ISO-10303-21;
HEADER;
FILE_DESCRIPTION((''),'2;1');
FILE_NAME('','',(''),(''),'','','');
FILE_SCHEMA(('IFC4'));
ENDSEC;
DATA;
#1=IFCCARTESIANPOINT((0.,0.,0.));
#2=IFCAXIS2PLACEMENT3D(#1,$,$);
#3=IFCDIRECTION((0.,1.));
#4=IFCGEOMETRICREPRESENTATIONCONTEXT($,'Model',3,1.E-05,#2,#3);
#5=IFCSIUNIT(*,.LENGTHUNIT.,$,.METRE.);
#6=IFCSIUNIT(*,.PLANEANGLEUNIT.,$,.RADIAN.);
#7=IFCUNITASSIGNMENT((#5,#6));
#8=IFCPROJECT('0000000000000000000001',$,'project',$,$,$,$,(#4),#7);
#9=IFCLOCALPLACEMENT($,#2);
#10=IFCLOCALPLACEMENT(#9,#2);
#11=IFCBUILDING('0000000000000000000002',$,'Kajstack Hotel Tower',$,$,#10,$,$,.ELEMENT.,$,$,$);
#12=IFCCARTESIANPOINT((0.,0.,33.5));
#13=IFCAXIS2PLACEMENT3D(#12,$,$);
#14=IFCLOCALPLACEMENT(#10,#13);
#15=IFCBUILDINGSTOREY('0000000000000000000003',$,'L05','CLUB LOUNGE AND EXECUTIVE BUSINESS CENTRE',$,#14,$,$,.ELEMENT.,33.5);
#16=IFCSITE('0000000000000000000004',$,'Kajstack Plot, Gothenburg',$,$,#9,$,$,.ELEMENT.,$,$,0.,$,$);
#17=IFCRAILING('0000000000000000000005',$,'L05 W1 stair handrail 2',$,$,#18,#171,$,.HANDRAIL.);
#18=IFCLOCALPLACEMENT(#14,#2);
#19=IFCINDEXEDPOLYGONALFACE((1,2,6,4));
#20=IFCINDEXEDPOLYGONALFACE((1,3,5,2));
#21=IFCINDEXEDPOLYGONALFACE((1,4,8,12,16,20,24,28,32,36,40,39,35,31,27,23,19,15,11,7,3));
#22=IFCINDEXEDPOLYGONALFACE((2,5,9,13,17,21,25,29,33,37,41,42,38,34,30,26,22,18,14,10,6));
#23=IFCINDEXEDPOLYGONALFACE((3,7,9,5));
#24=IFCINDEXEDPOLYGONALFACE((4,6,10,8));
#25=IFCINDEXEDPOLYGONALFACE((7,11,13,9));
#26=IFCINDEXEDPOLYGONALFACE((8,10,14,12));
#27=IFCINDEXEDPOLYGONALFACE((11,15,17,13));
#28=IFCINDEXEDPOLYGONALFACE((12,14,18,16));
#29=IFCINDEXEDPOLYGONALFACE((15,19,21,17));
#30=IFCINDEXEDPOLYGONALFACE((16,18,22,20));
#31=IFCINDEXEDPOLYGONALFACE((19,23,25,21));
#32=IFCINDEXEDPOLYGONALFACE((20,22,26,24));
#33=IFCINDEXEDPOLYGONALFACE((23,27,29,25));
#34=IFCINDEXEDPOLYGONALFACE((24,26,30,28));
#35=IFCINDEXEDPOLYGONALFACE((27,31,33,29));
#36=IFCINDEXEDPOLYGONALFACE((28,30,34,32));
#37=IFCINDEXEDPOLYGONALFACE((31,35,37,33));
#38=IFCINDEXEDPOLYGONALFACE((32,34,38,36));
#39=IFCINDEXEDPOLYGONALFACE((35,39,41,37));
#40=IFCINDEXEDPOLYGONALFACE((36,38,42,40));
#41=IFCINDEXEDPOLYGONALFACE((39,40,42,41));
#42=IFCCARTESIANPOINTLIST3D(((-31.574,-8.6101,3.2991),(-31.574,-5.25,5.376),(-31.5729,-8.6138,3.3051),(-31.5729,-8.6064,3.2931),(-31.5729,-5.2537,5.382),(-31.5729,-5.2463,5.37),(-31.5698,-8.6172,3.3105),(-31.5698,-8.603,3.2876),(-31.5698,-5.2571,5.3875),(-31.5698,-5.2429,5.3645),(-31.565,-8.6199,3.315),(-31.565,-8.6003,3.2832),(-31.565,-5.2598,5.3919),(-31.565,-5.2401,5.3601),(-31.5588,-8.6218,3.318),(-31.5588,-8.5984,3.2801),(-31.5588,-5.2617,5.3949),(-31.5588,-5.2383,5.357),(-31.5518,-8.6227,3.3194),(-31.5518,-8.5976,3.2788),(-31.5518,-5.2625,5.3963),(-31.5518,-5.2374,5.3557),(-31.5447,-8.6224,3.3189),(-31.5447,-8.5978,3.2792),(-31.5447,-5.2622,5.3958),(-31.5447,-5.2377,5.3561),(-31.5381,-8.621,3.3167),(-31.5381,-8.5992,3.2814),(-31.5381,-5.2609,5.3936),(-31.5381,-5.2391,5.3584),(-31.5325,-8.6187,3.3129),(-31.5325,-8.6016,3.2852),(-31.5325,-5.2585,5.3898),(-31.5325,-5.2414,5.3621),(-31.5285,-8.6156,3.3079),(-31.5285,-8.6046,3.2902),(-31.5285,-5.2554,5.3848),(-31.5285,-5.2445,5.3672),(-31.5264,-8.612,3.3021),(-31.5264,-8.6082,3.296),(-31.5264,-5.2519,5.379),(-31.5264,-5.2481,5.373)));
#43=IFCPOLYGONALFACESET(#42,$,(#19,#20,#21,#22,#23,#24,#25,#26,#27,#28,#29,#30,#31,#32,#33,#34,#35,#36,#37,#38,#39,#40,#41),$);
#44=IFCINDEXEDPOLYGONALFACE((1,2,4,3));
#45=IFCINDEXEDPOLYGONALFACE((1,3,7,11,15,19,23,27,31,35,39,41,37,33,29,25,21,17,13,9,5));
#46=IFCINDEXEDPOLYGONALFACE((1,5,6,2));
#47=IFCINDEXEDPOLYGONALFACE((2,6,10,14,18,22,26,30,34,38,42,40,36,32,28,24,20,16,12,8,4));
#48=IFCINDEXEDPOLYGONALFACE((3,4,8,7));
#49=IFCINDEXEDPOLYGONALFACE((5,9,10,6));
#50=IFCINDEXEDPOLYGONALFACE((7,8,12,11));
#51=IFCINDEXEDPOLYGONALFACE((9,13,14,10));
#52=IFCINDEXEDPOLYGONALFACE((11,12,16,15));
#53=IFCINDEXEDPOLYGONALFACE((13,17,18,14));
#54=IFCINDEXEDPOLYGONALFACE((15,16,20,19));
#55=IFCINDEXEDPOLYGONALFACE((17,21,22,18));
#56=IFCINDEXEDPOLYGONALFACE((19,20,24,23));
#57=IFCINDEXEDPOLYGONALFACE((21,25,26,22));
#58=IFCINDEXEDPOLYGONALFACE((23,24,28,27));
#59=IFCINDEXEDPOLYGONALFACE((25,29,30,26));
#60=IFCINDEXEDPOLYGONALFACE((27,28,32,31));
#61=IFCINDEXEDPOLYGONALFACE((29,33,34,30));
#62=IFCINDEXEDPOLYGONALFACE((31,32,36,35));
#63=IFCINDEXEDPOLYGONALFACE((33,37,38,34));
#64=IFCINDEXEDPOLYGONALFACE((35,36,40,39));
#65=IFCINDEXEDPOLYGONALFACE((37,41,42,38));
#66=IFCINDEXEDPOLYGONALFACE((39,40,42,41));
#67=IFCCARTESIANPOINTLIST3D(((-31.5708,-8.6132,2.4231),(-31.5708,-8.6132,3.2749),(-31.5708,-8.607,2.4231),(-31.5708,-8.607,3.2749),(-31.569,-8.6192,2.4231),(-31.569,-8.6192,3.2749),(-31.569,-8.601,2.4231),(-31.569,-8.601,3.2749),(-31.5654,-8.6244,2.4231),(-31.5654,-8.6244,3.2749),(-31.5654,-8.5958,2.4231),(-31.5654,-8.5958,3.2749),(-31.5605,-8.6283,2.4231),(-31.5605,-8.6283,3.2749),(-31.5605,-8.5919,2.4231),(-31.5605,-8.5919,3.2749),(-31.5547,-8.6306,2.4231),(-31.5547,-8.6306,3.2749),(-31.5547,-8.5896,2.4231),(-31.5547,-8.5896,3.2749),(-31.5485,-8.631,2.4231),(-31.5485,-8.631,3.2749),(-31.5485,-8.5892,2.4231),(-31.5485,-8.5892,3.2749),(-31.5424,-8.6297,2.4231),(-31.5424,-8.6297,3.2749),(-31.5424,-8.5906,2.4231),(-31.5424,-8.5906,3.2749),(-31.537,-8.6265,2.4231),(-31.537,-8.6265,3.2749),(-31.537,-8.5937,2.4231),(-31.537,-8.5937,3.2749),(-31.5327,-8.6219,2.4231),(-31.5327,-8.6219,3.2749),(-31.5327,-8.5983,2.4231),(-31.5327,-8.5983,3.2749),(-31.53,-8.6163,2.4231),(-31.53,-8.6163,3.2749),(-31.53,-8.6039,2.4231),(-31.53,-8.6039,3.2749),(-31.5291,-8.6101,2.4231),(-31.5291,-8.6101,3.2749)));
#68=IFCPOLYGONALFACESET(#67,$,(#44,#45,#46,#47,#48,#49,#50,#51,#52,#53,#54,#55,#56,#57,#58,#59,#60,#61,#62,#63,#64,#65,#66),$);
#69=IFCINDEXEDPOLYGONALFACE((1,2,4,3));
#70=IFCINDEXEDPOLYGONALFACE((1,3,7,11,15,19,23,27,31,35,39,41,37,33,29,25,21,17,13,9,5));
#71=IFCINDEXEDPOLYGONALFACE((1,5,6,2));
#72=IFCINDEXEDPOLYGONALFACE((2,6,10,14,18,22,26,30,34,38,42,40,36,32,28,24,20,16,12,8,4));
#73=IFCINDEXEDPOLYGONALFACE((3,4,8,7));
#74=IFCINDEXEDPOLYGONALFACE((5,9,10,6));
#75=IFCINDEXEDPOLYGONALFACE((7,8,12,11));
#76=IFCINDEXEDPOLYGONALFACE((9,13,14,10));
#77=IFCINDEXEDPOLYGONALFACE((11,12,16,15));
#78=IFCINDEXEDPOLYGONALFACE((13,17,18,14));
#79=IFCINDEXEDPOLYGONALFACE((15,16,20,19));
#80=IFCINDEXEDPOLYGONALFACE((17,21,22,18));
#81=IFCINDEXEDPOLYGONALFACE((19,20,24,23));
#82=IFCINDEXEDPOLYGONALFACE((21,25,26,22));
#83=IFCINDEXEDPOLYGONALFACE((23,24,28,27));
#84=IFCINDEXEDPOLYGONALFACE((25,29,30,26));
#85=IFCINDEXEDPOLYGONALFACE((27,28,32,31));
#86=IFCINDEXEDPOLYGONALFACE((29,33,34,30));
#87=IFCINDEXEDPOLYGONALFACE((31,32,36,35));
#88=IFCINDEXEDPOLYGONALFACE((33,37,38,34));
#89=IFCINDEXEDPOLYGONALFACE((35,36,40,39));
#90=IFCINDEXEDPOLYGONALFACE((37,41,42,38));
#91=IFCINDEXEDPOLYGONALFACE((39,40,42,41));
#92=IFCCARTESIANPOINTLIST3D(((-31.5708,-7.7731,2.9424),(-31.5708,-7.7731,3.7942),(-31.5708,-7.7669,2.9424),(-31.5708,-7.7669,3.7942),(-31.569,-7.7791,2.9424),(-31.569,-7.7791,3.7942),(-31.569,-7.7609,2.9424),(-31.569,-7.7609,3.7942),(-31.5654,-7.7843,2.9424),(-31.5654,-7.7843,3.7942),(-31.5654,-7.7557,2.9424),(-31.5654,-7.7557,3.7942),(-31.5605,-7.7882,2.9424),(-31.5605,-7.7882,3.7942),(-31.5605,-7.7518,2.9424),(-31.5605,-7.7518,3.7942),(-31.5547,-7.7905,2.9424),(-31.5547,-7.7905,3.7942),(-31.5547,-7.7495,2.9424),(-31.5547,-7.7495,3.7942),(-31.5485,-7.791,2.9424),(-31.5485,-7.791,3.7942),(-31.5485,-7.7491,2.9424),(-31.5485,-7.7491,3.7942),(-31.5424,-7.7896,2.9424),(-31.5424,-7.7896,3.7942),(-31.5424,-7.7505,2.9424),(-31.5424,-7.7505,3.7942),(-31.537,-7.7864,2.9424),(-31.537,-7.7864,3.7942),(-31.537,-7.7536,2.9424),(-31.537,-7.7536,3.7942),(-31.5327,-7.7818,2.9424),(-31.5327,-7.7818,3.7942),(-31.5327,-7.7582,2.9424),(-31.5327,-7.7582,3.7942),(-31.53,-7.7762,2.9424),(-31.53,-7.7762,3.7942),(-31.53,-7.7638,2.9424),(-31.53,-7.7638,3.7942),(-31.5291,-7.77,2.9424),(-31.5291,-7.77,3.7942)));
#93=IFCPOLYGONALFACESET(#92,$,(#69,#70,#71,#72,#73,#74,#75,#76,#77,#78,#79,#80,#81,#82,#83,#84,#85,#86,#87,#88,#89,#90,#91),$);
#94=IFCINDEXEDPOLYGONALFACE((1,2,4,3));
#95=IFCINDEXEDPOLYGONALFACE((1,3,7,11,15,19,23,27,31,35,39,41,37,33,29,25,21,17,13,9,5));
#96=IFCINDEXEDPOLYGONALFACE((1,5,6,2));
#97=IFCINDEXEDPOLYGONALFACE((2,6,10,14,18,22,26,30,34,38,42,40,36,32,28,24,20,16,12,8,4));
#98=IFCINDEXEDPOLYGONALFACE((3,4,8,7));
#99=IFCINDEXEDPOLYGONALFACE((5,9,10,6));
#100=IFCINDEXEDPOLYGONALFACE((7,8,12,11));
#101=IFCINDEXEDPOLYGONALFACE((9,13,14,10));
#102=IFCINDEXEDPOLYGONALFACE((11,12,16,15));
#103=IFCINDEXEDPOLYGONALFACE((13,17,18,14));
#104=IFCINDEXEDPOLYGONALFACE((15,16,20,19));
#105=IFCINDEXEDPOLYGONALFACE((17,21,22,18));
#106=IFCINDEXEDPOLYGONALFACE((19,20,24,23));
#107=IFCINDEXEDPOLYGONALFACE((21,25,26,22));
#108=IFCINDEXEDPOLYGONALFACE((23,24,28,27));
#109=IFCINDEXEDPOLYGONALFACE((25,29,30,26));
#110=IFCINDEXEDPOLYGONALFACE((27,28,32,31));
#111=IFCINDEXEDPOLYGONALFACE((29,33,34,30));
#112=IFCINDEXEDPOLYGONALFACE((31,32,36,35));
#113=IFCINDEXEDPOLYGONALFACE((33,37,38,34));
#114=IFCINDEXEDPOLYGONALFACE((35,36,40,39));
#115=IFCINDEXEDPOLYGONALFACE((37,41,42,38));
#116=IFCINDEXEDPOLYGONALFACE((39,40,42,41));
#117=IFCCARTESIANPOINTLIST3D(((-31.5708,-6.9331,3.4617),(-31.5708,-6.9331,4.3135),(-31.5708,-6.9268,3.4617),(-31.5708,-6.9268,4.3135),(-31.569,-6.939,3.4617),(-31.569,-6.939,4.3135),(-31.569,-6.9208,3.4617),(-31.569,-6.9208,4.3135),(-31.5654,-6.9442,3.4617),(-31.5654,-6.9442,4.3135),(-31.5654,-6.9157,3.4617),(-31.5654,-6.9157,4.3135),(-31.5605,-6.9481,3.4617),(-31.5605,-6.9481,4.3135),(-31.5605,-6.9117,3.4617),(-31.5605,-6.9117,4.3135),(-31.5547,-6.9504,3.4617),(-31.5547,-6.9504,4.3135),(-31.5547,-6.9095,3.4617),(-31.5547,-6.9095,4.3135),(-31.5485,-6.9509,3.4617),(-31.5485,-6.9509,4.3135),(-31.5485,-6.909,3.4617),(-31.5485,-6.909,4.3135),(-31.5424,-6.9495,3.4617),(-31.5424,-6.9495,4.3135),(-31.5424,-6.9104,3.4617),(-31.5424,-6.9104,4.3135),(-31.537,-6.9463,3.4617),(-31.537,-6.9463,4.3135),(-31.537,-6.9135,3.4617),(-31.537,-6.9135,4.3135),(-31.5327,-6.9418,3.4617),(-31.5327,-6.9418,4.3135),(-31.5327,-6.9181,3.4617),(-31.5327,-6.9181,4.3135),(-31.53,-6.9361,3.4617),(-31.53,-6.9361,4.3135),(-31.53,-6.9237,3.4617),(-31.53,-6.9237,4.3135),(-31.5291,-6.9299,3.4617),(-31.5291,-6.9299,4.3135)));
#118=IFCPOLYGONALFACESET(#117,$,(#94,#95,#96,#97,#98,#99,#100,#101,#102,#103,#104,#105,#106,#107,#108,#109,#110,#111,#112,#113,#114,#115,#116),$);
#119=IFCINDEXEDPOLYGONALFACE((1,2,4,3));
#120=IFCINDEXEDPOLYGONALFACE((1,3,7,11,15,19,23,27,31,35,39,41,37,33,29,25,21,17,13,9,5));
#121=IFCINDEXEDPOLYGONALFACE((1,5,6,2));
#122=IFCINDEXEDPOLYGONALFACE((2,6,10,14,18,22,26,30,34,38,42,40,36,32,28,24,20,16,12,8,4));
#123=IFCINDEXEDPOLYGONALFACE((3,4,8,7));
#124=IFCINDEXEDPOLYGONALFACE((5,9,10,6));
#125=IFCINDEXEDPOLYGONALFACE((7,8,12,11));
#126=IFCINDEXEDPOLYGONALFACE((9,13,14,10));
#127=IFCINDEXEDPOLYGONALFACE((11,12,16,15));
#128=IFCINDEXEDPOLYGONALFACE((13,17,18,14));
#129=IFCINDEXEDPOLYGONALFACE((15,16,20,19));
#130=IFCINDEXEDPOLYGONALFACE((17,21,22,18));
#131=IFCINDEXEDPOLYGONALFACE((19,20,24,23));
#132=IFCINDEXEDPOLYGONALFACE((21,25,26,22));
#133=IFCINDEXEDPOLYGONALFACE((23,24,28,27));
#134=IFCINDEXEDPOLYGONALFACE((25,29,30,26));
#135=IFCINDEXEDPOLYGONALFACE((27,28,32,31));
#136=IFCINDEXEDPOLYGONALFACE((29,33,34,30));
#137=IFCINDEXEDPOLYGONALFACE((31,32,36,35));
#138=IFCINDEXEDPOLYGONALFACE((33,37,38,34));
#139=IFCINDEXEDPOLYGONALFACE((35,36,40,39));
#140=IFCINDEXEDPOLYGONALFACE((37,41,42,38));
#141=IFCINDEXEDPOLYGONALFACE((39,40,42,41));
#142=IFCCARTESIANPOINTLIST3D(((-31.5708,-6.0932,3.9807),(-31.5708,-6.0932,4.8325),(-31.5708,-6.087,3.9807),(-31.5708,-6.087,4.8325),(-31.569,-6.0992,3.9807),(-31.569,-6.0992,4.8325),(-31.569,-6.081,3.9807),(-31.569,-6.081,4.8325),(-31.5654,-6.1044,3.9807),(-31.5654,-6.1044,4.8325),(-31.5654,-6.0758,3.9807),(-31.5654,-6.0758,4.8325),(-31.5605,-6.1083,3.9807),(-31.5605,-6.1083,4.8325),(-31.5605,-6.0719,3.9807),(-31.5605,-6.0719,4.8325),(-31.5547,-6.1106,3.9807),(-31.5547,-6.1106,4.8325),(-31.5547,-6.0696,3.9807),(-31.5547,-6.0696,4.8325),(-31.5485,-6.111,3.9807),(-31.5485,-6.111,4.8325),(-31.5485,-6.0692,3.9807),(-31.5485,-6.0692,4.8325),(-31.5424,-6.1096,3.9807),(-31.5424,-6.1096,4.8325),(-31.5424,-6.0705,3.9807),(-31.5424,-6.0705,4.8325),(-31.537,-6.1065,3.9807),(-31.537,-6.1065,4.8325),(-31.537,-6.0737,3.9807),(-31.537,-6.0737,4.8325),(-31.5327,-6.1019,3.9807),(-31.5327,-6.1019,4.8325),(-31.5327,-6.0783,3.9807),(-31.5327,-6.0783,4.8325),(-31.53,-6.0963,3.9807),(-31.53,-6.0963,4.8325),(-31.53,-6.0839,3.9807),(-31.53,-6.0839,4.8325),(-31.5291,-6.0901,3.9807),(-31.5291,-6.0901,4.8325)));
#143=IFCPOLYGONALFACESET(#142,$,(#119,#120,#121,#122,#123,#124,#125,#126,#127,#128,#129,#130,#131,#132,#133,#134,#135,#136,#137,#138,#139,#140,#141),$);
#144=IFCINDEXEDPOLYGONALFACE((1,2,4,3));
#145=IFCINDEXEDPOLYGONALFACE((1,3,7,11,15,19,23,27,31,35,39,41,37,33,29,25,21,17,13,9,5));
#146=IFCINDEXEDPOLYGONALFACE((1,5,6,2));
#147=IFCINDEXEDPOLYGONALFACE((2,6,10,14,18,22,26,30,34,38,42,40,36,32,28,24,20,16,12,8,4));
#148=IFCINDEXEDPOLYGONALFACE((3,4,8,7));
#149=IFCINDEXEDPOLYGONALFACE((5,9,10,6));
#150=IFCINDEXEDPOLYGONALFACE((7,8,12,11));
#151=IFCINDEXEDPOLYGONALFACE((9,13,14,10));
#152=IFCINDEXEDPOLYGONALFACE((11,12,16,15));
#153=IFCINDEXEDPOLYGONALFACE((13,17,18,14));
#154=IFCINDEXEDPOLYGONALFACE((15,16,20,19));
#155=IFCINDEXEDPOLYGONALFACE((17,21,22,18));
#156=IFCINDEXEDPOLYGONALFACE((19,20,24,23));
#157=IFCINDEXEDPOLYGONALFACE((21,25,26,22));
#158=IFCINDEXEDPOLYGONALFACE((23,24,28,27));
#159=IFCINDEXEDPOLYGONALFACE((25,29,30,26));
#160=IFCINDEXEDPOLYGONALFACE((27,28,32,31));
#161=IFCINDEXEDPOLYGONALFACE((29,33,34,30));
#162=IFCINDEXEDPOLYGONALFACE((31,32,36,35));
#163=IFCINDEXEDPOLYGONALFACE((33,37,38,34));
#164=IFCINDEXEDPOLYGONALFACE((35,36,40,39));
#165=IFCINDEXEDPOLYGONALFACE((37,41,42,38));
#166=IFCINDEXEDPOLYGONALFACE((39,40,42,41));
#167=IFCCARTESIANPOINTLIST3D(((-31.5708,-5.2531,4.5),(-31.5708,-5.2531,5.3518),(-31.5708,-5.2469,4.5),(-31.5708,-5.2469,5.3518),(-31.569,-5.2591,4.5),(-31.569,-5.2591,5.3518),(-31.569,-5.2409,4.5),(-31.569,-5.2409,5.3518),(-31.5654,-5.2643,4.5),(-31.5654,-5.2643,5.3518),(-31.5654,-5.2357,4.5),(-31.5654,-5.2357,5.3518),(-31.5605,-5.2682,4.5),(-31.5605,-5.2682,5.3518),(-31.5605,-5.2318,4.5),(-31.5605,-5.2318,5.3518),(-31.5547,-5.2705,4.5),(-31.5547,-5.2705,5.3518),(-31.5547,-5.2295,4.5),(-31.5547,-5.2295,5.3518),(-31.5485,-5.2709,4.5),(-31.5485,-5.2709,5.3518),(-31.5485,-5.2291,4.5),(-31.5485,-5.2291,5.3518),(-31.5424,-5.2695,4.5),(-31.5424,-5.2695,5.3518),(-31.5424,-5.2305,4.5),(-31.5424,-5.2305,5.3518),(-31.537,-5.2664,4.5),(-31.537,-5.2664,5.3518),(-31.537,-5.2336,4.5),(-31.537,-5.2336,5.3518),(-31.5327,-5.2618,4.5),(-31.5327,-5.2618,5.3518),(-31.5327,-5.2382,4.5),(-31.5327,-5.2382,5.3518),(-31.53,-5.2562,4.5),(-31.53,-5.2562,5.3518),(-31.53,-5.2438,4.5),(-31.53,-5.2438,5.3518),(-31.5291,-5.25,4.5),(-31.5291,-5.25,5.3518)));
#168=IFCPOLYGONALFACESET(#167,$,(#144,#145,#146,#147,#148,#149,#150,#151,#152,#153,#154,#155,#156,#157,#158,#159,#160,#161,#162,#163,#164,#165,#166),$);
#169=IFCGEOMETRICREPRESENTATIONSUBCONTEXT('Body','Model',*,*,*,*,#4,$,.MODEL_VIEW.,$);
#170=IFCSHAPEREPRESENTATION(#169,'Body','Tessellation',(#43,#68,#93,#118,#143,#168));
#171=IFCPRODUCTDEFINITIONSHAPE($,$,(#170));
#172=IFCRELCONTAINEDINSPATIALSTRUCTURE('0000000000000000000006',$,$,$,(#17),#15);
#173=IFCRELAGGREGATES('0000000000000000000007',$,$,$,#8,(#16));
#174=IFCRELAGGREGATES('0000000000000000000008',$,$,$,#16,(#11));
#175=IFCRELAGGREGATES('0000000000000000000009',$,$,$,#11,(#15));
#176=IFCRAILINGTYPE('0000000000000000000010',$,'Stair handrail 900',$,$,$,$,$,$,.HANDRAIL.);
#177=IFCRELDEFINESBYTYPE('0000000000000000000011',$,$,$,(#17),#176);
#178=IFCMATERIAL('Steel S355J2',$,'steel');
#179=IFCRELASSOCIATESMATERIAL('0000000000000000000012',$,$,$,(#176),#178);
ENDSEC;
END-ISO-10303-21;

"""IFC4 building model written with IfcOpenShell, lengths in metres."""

from ifc_helpers import new_model, si_unit, direction, frame, origin, origin_2d, place, context, subcontext, project, spatial, circle, extrude, material, type_object, element, save


model = new_model("IFC4")

# Units and contexts
model_context = context("Model", 3, precision=1e-05, world=origin(), true_north=direction((0.0, 1.0)))
body_context = subcontext(model_context, "Body", "Model", "MODEL_VIEW")
ifc_project = project(units=[si_unit("LENGTHUNIT", "METRE"), si_unit("PLANEANGLEUNIT", "RADIAN")], contexts=[model_context])

# Site, building, storey
site_placement = place(None, origin())
site = spatial("IfcSite", under=ifc_project, at=site_placement, Name="Kajstack Plot, Gothenburg", CompositionType="ELEMENT", RefElevation=0.0)
building_placement = place(site_placement, origin())
building = spatial("IfcBuilding", under=site, at=building_placement, Name="Kajstack Hotel Tower", CompositionType="ELEMENT")
storey_placement = place(building_placement, frame((0.0, 0.0, 33.5)))
storey = spatial("IfcBuildingStorey", under=building, at=storey_placement, Name="L05", Description="CLUB LOUNGE AND EXECUTIVE BUSINESS CENTRE", CompositionType="ELEMENT", Elevation=33.5)

# Railing
ifc_material_1 = material(Name="Steel S355J2", Category="steel")
railing_type_1 = type_object("IfcRailingType", Name="Stair handrail 900", PredefinedType="HANDRAIL", material=ifc_material_1)
railing_1_placement = place(storey_placement, frame((-31.55, -8.6101, 2.4231)))
element("IfcRailing", 1, at=railing_1_placement, inside=storey, type_object=railing_type_1, Name="L05 W1 stair handrail 2", PredefinedType="HANDRAIL", context=body_context, shape_type="SweptSolid", body=[
    extrude(circle(Radius=0.0239, at=origin_2d()), frame((0.0, 0.0, 0.876), z_axis=(0.0, 0.850623, 0.525776), x_axis=(-1.0, 0.0, 0.0)), (0.0, 0.0, 1.0), 3.9502),
    extrude(circle(Radius=0.021, at=origin_2d()), origin(), (0.0, 0.0, 1.0), 0.8518),
    extrude(circle(Radius=0.021, at=origin_2d()), frame((0.0, 0.8401, 0.5193)), (0.0, 0.0, 1.0), 0.8518),
    extrude(circle(Radius=0.021, at=origin_2d()), frame((0.0, 1.6802, 1.0386)), (0.0, 0.0, 1.0), 0.8518),
    extrude(circle(Radius=0.021, at=origin_2d()), frame((0.0, 2.52, 1.5576)), (0.0, 0.0, 1.0), 0.8518),
    extrude(circle(Radius=0.021, at=origin_2d()), frame((0.0, 3.3601, 2.0769)), (0.0, 0.0, 1.0), 0.8518),
])

save(model, "model.ifc")
